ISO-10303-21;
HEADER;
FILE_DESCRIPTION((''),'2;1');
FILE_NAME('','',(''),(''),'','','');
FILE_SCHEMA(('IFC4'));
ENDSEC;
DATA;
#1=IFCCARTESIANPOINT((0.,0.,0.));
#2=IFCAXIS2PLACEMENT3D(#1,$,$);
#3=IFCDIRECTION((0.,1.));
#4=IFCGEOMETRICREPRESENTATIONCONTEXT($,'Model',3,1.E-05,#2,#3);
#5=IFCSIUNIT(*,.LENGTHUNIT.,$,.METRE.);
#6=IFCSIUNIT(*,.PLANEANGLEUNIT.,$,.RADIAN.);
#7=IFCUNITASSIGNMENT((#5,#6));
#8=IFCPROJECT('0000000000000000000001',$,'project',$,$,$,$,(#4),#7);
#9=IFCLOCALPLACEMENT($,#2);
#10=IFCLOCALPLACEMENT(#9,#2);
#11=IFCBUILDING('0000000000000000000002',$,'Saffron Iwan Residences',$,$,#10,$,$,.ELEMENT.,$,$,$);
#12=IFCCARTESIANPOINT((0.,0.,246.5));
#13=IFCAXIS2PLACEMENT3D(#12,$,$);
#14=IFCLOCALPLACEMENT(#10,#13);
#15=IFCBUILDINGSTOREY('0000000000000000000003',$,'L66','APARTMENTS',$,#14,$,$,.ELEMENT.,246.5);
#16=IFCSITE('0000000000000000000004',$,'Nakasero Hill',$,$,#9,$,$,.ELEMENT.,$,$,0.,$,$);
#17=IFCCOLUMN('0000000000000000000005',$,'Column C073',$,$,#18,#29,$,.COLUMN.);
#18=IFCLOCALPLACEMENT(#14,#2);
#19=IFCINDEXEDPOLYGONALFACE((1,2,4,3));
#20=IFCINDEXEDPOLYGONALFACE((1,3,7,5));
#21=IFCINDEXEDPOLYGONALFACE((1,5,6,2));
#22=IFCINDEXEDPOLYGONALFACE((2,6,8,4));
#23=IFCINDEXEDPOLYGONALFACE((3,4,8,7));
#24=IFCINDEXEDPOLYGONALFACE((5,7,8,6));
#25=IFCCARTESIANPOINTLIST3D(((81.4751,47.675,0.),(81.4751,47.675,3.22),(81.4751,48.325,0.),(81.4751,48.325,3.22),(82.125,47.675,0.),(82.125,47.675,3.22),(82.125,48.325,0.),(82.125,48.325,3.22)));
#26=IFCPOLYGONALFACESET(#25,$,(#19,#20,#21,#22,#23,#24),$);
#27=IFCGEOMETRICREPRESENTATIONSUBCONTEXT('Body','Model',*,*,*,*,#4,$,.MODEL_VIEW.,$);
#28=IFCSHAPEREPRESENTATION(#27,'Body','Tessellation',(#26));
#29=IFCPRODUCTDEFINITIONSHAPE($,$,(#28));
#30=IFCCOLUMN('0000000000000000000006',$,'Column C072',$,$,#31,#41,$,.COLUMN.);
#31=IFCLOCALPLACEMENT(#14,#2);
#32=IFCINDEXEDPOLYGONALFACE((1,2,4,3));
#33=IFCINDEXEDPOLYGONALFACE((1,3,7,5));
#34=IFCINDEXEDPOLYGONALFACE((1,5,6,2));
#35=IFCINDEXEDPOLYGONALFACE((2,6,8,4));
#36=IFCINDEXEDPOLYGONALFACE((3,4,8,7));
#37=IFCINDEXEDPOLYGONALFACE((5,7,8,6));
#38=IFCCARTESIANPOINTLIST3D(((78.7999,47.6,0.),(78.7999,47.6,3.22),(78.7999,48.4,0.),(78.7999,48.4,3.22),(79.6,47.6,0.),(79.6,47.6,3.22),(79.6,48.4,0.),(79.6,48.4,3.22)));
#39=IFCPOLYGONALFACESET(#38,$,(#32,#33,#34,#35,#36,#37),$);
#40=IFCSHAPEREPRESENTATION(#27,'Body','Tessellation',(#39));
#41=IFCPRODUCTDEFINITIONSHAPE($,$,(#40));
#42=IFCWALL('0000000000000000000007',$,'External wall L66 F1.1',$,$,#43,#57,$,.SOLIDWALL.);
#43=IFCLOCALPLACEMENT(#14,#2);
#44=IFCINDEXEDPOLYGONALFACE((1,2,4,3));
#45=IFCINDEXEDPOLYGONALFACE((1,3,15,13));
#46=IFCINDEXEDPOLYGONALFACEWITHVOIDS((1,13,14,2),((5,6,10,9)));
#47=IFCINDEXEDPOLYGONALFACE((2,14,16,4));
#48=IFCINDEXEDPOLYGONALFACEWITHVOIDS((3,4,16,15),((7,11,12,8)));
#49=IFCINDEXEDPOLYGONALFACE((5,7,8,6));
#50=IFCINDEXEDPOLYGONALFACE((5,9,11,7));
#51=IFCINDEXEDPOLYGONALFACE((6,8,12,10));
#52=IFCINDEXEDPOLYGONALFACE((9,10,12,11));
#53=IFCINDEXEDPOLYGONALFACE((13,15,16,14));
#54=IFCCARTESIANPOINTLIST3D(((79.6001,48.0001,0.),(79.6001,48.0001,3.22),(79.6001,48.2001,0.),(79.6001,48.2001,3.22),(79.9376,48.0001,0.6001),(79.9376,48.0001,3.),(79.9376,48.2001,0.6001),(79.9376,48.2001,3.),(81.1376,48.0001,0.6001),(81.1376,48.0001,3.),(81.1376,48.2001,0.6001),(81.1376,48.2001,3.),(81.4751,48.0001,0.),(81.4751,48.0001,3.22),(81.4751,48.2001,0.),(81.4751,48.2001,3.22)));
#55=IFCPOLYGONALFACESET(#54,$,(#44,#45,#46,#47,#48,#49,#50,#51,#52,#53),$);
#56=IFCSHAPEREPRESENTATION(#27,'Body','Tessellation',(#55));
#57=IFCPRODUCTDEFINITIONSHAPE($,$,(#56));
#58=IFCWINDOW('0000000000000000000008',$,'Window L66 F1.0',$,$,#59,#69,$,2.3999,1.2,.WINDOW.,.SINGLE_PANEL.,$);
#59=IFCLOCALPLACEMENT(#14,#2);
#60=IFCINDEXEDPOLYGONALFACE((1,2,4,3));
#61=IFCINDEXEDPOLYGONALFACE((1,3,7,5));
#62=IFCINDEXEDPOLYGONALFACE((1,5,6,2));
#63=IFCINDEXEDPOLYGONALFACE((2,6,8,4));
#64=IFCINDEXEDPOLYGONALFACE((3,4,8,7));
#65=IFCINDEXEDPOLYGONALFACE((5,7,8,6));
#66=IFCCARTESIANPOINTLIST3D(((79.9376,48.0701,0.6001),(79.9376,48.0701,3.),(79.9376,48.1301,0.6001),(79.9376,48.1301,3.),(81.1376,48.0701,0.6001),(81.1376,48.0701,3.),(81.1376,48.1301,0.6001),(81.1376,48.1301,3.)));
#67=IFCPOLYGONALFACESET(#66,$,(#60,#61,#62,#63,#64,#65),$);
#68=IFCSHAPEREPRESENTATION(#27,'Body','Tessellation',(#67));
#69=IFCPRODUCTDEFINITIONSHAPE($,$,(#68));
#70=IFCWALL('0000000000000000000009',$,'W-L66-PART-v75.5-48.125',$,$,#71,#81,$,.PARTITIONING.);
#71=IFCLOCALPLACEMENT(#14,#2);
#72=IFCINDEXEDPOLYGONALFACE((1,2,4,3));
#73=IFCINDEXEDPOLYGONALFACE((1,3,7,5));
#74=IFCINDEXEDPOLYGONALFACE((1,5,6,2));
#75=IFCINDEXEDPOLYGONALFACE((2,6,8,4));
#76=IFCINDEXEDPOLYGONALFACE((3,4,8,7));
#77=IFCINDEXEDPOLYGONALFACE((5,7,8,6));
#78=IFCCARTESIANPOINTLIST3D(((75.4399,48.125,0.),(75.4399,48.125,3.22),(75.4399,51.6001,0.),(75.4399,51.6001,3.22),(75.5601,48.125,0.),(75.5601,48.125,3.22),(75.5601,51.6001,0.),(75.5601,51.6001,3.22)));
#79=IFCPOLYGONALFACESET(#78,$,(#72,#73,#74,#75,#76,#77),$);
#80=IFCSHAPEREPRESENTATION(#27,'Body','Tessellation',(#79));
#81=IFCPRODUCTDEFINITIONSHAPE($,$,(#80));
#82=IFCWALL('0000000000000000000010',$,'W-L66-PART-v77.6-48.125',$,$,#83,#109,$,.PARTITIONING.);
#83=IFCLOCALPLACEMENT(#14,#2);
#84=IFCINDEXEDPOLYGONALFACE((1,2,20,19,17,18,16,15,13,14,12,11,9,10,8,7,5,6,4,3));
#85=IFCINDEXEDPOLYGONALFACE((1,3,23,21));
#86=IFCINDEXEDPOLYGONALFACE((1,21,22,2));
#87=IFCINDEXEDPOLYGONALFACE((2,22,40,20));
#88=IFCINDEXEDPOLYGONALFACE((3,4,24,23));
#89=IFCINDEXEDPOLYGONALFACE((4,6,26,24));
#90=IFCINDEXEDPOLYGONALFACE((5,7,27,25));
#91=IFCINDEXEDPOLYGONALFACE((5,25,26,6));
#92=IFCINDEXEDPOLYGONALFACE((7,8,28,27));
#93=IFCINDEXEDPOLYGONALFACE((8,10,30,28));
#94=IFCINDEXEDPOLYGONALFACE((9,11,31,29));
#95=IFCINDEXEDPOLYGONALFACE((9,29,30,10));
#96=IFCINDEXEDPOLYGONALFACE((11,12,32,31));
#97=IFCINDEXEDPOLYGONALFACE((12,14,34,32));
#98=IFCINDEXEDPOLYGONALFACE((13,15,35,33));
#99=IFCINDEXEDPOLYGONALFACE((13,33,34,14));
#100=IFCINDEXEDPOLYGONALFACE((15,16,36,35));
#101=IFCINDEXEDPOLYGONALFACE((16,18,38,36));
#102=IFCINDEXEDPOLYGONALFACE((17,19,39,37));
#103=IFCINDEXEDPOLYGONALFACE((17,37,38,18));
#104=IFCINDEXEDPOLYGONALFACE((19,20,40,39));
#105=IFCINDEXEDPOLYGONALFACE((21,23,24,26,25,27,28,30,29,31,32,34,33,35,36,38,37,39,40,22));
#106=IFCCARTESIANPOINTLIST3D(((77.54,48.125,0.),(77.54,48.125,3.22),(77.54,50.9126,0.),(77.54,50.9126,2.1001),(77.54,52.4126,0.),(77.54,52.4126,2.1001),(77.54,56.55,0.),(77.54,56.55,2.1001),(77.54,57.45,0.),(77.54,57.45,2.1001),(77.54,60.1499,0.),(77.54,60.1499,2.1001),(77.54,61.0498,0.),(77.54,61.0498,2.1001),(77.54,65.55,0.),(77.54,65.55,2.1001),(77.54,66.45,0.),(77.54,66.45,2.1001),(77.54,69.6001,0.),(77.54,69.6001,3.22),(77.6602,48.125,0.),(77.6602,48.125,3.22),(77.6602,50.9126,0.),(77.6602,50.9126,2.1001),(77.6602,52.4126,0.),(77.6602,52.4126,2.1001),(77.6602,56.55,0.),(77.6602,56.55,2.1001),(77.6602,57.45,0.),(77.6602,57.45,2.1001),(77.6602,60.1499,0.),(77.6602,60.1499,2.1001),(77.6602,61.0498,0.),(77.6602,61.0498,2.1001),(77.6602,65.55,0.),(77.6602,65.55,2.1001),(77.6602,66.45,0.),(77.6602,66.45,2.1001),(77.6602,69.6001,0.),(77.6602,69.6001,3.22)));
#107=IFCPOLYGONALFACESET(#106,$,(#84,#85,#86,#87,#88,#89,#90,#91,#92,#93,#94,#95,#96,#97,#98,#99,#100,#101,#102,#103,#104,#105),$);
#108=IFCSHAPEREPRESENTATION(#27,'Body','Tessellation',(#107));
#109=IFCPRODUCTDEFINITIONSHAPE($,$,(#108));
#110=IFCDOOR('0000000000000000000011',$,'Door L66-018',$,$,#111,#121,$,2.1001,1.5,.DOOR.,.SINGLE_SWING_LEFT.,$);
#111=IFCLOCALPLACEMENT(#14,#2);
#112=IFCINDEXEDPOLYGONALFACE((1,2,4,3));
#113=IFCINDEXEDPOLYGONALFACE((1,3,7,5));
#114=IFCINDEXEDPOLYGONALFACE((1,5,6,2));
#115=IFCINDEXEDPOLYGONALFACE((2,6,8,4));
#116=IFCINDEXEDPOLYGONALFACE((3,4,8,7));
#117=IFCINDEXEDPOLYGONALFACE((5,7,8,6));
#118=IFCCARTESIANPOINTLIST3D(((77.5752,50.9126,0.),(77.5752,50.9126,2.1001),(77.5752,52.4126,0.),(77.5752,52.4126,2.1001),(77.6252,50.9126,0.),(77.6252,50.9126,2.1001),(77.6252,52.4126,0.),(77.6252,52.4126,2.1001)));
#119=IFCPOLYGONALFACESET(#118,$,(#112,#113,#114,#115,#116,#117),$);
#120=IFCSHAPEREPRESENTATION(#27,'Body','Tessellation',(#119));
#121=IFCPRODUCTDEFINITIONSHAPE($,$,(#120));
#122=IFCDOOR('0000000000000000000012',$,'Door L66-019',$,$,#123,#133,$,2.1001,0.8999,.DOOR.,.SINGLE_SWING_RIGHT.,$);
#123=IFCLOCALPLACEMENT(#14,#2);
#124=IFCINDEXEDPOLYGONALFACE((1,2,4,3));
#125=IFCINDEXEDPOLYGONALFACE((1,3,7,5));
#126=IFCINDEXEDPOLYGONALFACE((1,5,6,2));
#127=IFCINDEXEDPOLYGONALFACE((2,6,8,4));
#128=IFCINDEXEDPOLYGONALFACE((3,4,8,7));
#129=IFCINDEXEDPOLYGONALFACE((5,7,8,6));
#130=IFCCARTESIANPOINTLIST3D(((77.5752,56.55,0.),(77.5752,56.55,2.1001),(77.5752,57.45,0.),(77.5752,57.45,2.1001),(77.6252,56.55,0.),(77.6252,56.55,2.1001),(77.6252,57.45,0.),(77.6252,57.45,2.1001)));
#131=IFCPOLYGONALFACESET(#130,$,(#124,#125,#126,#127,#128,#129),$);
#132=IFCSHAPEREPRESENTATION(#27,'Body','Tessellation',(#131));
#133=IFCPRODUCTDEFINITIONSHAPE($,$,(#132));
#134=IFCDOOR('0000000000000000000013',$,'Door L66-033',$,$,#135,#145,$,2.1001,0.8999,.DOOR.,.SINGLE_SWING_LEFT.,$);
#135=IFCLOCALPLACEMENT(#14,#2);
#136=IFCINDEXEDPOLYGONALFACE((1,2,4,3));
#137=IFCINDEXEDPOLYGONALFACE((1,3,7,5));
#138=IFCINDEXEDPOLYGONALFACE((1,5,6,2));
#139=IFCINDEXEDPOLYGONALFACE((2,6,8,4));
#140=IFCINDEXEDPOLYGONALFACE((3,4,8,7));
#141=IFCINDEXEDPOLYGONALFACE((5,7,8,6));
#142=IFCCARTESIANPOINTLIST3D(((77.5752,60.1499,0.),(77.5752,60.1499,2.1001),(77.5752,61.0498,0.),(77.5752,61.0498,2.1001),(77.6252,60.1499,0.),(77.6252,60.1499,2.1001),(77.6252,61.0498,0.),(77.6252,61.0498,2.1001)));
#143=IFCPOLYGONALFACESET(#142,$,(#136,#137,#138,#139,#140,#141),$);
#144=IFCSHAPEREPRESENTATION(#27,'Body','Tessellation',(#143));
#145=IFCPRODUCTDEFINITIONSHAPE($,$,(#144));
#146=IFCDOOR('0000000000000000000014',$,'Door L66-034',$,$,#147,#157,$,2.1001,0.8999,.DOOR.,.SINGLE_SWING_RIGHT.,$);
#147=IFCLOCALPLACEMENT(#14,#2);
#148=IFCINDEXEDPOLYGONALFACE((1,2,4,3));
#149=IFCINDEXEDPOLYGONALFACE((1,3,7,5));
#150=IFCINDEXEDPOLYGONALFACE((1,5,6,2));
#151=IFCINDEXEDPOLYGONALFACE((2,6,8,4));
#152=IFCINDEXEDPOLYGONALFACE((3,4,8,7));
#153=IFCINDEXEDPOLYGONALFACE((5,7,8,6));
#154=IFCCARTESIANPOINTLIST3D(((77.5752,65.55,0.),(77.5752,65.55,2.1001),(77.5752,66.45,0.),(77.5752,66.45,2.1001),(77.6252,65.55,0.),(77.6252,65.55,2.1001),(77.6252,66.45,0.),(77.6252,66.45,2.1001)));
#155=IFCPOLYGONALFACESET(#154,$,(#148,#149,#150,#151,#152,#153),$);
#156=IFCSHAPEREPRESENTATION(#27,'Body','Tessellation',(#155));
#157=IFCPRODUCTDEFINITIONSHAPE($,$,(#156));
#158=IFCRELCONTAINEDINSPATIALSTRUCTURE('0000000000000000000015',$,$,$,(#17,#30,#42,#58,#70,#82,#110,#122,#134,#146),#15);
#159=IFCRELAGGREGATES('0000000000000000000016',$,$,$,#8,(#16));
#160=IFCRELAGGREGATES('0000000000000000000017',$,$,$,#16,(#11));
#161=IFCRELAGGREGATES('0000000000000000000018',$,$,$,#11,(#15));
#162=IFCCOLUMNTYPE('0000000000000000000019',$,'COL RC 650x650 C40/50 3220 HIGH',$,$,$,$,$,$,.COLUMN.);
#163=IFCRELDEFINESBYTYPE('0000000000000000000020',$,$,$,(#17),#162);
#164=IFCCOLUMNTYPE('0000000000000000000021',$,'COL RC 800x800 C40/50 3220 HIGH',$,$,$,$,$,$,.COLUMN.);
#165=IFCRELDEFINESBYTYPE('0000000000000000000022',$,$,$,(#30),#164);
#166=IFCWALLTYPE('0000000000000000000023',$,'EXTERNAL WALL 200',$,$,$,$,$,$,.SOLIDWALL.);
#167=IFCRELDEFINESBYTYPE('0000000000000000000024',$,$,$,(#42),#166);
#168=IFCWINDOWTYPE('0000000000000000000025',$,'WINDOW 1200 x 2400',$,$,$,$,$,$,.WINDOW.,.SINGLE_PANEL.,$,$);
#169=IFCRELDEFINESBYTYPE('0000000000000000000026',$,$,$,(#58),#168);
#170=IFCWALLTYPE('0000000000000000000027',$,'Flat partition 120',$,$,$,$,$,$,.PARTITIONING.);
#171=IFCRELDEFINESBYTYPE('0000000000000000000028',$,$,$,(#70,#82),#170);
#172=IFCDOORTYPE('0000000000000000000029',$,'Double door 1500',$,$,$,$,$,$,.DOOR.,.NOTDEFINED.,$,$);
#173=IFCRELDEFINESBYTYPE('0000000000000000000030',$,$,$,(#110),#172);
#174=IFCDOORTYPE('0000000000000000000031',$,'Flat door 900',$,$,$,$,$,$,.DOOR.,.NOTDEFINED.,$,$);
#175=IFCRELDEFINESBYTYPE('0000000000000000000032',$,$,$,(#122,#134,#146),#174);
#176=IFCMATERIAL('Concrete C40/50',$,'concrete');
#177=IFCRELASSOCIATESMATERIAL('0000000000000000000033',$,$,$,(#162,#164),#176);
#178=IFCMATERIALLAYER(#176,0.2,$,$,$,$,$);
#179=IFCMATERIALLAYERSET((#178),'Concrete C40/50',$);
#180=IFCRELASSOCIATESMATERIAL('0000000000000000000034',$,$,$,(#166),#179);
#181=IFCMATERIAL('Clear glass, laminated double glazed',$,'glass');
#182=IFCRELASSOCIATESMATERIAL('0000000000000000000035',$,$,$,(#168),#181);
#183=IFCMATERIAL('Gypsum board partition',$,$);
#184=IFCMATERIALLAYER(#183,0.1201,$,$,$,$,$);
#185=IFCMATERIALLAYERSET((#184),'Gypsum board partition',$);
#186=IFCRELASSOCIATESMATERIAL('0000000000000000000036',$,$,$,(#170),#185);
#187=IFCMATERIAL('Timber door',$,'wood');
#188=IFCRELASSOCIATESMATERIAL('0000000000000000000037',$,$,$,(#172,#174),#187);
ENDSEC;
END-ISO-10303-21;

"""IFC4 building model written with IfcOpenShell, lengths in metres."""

from ifc_helpers import new_model, si_unit, direction, frame, frame_2d, origin, origin_2d, place, context, subcontext, project, spatial, rectangle, extrude, source, transform, mapped, material, layer, layer_set, material_profile, profile_set, type_object, element, fill, save


model = new_model("IFC4")

# Units and contexts
model_context = context("Model", 3, precision=1e-05, world=origin(), true_north=direction((0.0, 1.0)))
body_context = subcontext(model_context, "Body", "Model", "MODEL_VIEW")
ifc_project = project(units=[si_unit("LENGTHUNIT", "METRE"), si_unit("PLANEANGLEUNIT", "RADIAN")], contexts=[model_context])

# Site, building, storey
site_placement = place(None, origin())
site = spatial("IfcSite", under=ifc_project, at=site_placement, Name="Nakasero Hill", CompositionType="ELEMENT", RefElevation=0.0)
building_placement = place(site_placement, origin())
building = spatial("IfcBuilding", under=site, at=building_placement, Name="Saffron Iwan Residences", CompositionType="ELEMENT")
storey_placement = place(building_placement, frame((0.0, 0.0, 246.5)))
storey = spatial("IfcBuildingStorey", under=building, at=storey_placement, Name="L66", Description="APARTMENTS", CompositionType="ELEMENT", Elevation=246.5)

# Columns
ifc_material_1 = material(Name="Concrete C40/50", Category="concrete")
ifc_material_profile_1 = material_profile(ifc_material_1, rectangle(XDim=0.6499, YDim=0.6499, at=origin_2d()), Name="RC 650x650")
ifc_profile_set_1 = profile_set([ifc_material_profile_1], Name="Concrete C40/50")
column_type_1 = type_object("IfcColumnType", Name="COL RC 650x650 C40/50 3220 HIGH", PredefinedType="COLUMN", material=ifc_profile_set_1)
shared_shape_1 = source(origin(), body_context, "Body", "SweptSolid", [
    extrude(rectangle(XDim=0.6499, YDim=0.6499, at=origin_2d()), origin(), (0.0, 0.0, 1.0), 3.22),
])
column_1_placement = place(storey_placement, frame((81.8, 48.0, 0.0), z_axis=(0.0, 0.0, 1.0), x_axis=(1.0, 0.0, 0.0)))
element("IfcColumn", 1, at=column_1_placement, inside=storey, type_object=column_type_1, Name="Column C073", PredefinedType="COLUMN", context=body_context, shape_type="MappedRepresentation", body=[
    mapped(shared_shape_1, transform((0.0, 0.0, 0.0))),
])
ifc_material_profile_2 = material_profile(ifc_material_1, rectangle(XDim=0.8, YDim=0.8, at=origin_2d()), Name="RC 800x800")
ifc_profile_set_2 = profile_set([ifc_material_profile_2], Name="Concrete C40/50")
column_type_2 = type_object("IfcColumnType", Name="COL RC 800x800 C40/50 3220 HIGH", PredefinedType="COLUMN", material=ifc_profile_set_2)
shared_shape_2 = source(origin(), body_context, "Body", "SweptSolid", [
    extrude(rectangle(XDim=0.8, YDim=0.8, at=origin_2d()), origin(), (0.0, 0.0, 1.0), 3.22),
])
column_2_placement = place(storey_placement, frame((79.2, 48.0, 0.0), z_axis=(0.0, 0.0, 1.0), x_axis=(1.0, 0.0, 0.0)))
element("IfcColumn", 2, at=column_2_placement, inside=storey, type_object=column_type_2, Name="Column C072", PredefinedType="COLUMN", context=body_context, shape_type="MappedRepresentation", body=[
    mapped(shared_shape_2, transform((0.0, 0.0, 0.0))),
])

# Wall, opening, window
ifc_layer_1 = layer(ifc_material_1, 0.2)
ifc_layer_set_1 = layer_set([ifc_layer_1], Name="Concrete C40/50")
wall_type_1 = type_object("IfcWallType", Name="EXTERNAL WALL 200", PredefinedType="SOLIDWALL", material=ifc_layer_set_1)
wall_1_placement = place(storey_placement, frame((79.6001, 48.1001, 0.0), z_axis=(0.0, 0.0, 1.0), x_axis=(1.0, 0.0, 0.0)))
wall_1 = element("IfcWall", 3, at=wall_1_placement, inside=storey, type_object=wall_type_1, Name="External wall L66 F1.1", PredefinedType="SOLIDWALL", context=body_context, shape_type="SweptSolid", body=[
    extrude(rectangle(XDim=1.875, YDim=0.2, at=frame_2d((0.9375, 0.0))), origin(), (0.0, 0.0, 1.0), 3.22),
])
opening_1_placement = place(wall_1_placement, frame((0.3374, 0.0, 0.6001)))
opening_1 = element("IfcOpeningElement", 4, at=opening_1_placement, cuts=wall_1, PredefinedType="OPENING", context=body_context, shape_type="SweptSolid", body=[
    extrude(rectangle(XDim=1.2, YDim=2.3999, at=frame_2d((0.6001, 1.2))), frame((0.0, 0.1099, 0.0), z_axis=(0.0, -1.0, 0.0), x_axis=(1.0, 0.0, 0.0)), (0.0, 0.0, 1.0), 0.22),
])
ifc_material_2 = material(Name="Clear glass, laminated double glazed", Category="glass")
window_type = type_object("IfcWindowType", Name="WINDOW 1200 x 2400", PartitioningType="SINGLE_PANEL", PredefinedType="WINDOW", material=ifc_material_2)
window_placement = place(opening_1_placement, origin())
window = element("IfcWindow", 5, at=window_placement, inside=storey, type_object=window_type, Name="Window L66 F1.0", OverallHeight=2.3999, OverallWidth=1.2, PartitioningType="SINGLE_PANEL", PredefinedType="WINDOW", context=body_context, shape_type="SweptSolid", body=[
    extrude(rectangle(XDim=1.2, YDim=2.3999, at=frame_2d((0.6001, 1.2))), frame((0.0, 0.03, 0.0), z_axis=(0.0, -1.0, 0.0), x_axis=(1.0, 0.0, 0.0)), (0.0, 0.0, 1.0), 0.0601),
])
fill(opening_1, window)

# Wall
ifc_material_3 = material(Name="Gypsum board partition")
ifc_layer_2 = layer(ifc_material_3, 0.1201)
ifc_layer_set_2 = layer_set([ifc_layer_2], Name="Gypsum board partition")
wall_type_2 = type_object("IfcWallType", Name="Flat partition 120", PredefinedType="PARTITIONING", material=ifc_layer_set_2)
wall_2_placement = place(storey_placement, frame((75.5, 48.125, 0.0), z_axis=(0.0, 0.0, 1.0), x_axis=(0.0, 1.0, 0.0)))
element("IfcWall", 6, at=wall_2_placement, inside=storey, type_object=wall_type_2, Name="W-L66-PART-v75.5-48.125", PredefinedType="PARTITIONING", context=body_context, shape_type="SweptSolid", body=[
    extrude(rectangle(XDim=3.4751, YDim=0.1201, at=frame_2d((1.7375, 0.0))), origin(), (0.0, 0.0, 1.0), 3.22),
])

# Wall, openings, doors
wall_3_placement = place(storey_placement, frame((77.6001, 48.125, 0.0), z_axis=(0.0, 0.0, 1.0), x_axis=(0.0, 1.0, 0.0)))
wall_3 = element("IfcWall", 7, at=wall_3_placement, inside=storey, type_object=wall_type_2, Name="W-L66-PART-v77.6-48.125", PredefinedType="PARTITIONING", context=body_context, shape_type="SweptSolid", body=[
    extrude(rectangle(XDim=21.4751, YDim=0.1201, at=frame_2d((10.7375, 0.0))), origin(), (0.0, 0.0, 1.0), 3.22),
])
opening_2_placement = place(wall_3_placement, frame((2.7876, 0.0, 0.0)))
opening_2 = element("IfcOpeningElement", 8, at=opening_2_placement, cuts=wall_3, PredefinedType="OPENING", context=body_context, shape_type="SweptSolid", body=[
    extrude(rectangle(XDim=1.5, YDim=2.1001, at=frame_2d((0.75, 1.05))), frame((0.0, 0.0701, 0.0), z_axis=(0.0, -1.0, 0.0), x_axis=(1.0, 0.0, 0.0)), (0.0, 0.0, 1.0), 0.1401),
])
opening_3_placement = place(wall_3_placement, frame((8.425, 0.0, 0.0)))
opening_3 = element("IfcOpeningElement", 9, at=opening_3_placement, cuts=wall_3, PredefinedType="OPENING", context=body_context, shape_type="SweptSolid", body=[
    extrude(rectangle(XDim=0.8999, YDim=2.1001, at=frame_2d((0.45, 1.05))), frame((0.0, 0.0701, 0.0), z_axis=(0.0, -1.0, 0.0), x_axis=(1.0, 0.0, 0.0)), (0.0, 0.0, 1.0), 0.1401),
])
opening_4_placement = place(wall_3_placement, frame((12.0249, 0.0, 0.0)))
opening_4 = element("IfcOpeningElement", 10, at=opening_4_placement, cuts=wall_3, PredefinedType="OPENING", context=body_context, shape_type="SweptSolid", body=[
    extrude(rectangle(XDim=0.8999, YDim=2.1001, at=frame_2d((0.45, 1.05))), frame((0.0, 0.0701, 0.0), z_axis=(0.0, -1.0, 0.0), x_axis=(1.0, 0.0, 0.0)), (0.0, 0.0, 1.0), 0.1401),
])
opening_5_placement = place(wall_3_placement, frame((17.425, 0.0, 0.0)))
opening_5 = element("IfcOpeningElement", 11, at=opening_5_placement, cuts=wall_3, PredefinedType="OPENING", context=body_context, shape_type="SweptSolid", body=[
    extrude(rectangle(XDim=0.8999, YDim=2.1001, at=frame_2d((0.45, 1.05))), frame((0.0, 0.0701, 0.0), z_axis=(0.0, -1.0, 0.0), x_axis=(1.0, 0.0, 0.0)), (0.0, 0.0, 1.0), 0.1401),
])
ifc_material_4 = material(Name="Timber door", Category="wood")
door_type_1 = type_object("IfcDoorType", Name="Double door 1500", OperationType="NOTDEFINED", PredefinedType="DOOR", material=ifc_material_4)
door_1_placement = place(opening_2_placement, origin())
door_1 = element("IfcDoor", 12, at=door_1_placement, inside=storey, type_object=door_type_1, Name="Door L66-018", OperationType="SINGLE_SWING_LEFT", OverallHeight=2.1001, OverallWidth=1.5, PredefinedType="DOOR", context=body_context, shape_type="SweptSolid", body=[
    extrude(rectangle(XDim=1.5, YDim=2.1001, at=frame_2d((0.75, 1.05))), frame((0.0, 0.0249, 0.0), z_axis=(0.0, -1.0, 0.0), x_axis=(1.0, 0.0, 0.0)), (0.0, 0.0, 1.0), 0.05),
])
fill(opening_2, door_1)
door_type_2 = type_object("IfcDoorType", Name="Flat door 900", OperationType="NOTDEFINED", PredefinedType="DOOR", material=ifc_material_4)
door_2_placement = place(opening_3_placement, origin())
door_2 = element("IfcDoor", 13, at=door_2_placement, inside=storey, type_object=door_type_2, Name="Door L66-019", OperationType="SINGLE_SWING_RIGHT", OverallHeight=2.1001, OverallWidth=0.8999, PredefinedType="DOOR", context=body_context, shape_type="SweptSolid", body=[
    extrude(rectangle(XDim=0.8999, YDim=2.1001, at=frame_2d((0.45, 1.05))), frame((0.0, 0.0249, 0.0), z_axis=(0.0, -1.0, 0.0), x_axis=(1.0, 0.0, 0.0)), (0.0, 0.0, 1.0), 0.05),
])
fill(opening_3, door_2)
door_3_placement = place(opening_4_placement, origin())
door_3 = element("IfcDoor", 14, at=door_3_placement, inside=storey, type_object=door_type_2, Name="Door L66-033", OperationType="SINGLE_SWING_LEFT", OverallHeight=2.1001, OverallWidth=0.8999, PredefinedType="DOOR", context=body_context, shape_type="SweptSolid", body=[
    extrude(rectangle(XDim=0.8999, YDim=2.1001, at=frame_2d((0.45, 1.05))), frame((0.0, 0.0249, 0.0), z_axis=(0.0, -1.0, 0.0), x_axis=(1.0, 0.0, 0.0)), (0.0, 0.0, 1.0), 0.05),
])
fill(opening_4, door_3)
door_4_placement = place(opening_5_placement, origin())
door_4 = element("IfcDoor", 15, at=door_4_placement, inside=storey, type_object=door_type_2, Name="Door L66-034", OperationType="SINGLE_SWING_RIGHT", OverallHeight=2.1001, OverallWidth=0.8999, PredefinedType="DOOR", context=body_context, shape_type="SweptSolid", body=[
    extrude(rectangle(XDim=0.8999, YDim=2.1001, at=frame_2d((0.45, 1.05))), frame((0.0, 0.0249, 0.0), z_axis=(0.0, -1.0, 0.0), x_axis=(1.0, 0.0, 0.0)), (0.0, 0.0, 1.0), 0.05),
])
fill(opening_5, door_4)

save(model, "model.ifc")
